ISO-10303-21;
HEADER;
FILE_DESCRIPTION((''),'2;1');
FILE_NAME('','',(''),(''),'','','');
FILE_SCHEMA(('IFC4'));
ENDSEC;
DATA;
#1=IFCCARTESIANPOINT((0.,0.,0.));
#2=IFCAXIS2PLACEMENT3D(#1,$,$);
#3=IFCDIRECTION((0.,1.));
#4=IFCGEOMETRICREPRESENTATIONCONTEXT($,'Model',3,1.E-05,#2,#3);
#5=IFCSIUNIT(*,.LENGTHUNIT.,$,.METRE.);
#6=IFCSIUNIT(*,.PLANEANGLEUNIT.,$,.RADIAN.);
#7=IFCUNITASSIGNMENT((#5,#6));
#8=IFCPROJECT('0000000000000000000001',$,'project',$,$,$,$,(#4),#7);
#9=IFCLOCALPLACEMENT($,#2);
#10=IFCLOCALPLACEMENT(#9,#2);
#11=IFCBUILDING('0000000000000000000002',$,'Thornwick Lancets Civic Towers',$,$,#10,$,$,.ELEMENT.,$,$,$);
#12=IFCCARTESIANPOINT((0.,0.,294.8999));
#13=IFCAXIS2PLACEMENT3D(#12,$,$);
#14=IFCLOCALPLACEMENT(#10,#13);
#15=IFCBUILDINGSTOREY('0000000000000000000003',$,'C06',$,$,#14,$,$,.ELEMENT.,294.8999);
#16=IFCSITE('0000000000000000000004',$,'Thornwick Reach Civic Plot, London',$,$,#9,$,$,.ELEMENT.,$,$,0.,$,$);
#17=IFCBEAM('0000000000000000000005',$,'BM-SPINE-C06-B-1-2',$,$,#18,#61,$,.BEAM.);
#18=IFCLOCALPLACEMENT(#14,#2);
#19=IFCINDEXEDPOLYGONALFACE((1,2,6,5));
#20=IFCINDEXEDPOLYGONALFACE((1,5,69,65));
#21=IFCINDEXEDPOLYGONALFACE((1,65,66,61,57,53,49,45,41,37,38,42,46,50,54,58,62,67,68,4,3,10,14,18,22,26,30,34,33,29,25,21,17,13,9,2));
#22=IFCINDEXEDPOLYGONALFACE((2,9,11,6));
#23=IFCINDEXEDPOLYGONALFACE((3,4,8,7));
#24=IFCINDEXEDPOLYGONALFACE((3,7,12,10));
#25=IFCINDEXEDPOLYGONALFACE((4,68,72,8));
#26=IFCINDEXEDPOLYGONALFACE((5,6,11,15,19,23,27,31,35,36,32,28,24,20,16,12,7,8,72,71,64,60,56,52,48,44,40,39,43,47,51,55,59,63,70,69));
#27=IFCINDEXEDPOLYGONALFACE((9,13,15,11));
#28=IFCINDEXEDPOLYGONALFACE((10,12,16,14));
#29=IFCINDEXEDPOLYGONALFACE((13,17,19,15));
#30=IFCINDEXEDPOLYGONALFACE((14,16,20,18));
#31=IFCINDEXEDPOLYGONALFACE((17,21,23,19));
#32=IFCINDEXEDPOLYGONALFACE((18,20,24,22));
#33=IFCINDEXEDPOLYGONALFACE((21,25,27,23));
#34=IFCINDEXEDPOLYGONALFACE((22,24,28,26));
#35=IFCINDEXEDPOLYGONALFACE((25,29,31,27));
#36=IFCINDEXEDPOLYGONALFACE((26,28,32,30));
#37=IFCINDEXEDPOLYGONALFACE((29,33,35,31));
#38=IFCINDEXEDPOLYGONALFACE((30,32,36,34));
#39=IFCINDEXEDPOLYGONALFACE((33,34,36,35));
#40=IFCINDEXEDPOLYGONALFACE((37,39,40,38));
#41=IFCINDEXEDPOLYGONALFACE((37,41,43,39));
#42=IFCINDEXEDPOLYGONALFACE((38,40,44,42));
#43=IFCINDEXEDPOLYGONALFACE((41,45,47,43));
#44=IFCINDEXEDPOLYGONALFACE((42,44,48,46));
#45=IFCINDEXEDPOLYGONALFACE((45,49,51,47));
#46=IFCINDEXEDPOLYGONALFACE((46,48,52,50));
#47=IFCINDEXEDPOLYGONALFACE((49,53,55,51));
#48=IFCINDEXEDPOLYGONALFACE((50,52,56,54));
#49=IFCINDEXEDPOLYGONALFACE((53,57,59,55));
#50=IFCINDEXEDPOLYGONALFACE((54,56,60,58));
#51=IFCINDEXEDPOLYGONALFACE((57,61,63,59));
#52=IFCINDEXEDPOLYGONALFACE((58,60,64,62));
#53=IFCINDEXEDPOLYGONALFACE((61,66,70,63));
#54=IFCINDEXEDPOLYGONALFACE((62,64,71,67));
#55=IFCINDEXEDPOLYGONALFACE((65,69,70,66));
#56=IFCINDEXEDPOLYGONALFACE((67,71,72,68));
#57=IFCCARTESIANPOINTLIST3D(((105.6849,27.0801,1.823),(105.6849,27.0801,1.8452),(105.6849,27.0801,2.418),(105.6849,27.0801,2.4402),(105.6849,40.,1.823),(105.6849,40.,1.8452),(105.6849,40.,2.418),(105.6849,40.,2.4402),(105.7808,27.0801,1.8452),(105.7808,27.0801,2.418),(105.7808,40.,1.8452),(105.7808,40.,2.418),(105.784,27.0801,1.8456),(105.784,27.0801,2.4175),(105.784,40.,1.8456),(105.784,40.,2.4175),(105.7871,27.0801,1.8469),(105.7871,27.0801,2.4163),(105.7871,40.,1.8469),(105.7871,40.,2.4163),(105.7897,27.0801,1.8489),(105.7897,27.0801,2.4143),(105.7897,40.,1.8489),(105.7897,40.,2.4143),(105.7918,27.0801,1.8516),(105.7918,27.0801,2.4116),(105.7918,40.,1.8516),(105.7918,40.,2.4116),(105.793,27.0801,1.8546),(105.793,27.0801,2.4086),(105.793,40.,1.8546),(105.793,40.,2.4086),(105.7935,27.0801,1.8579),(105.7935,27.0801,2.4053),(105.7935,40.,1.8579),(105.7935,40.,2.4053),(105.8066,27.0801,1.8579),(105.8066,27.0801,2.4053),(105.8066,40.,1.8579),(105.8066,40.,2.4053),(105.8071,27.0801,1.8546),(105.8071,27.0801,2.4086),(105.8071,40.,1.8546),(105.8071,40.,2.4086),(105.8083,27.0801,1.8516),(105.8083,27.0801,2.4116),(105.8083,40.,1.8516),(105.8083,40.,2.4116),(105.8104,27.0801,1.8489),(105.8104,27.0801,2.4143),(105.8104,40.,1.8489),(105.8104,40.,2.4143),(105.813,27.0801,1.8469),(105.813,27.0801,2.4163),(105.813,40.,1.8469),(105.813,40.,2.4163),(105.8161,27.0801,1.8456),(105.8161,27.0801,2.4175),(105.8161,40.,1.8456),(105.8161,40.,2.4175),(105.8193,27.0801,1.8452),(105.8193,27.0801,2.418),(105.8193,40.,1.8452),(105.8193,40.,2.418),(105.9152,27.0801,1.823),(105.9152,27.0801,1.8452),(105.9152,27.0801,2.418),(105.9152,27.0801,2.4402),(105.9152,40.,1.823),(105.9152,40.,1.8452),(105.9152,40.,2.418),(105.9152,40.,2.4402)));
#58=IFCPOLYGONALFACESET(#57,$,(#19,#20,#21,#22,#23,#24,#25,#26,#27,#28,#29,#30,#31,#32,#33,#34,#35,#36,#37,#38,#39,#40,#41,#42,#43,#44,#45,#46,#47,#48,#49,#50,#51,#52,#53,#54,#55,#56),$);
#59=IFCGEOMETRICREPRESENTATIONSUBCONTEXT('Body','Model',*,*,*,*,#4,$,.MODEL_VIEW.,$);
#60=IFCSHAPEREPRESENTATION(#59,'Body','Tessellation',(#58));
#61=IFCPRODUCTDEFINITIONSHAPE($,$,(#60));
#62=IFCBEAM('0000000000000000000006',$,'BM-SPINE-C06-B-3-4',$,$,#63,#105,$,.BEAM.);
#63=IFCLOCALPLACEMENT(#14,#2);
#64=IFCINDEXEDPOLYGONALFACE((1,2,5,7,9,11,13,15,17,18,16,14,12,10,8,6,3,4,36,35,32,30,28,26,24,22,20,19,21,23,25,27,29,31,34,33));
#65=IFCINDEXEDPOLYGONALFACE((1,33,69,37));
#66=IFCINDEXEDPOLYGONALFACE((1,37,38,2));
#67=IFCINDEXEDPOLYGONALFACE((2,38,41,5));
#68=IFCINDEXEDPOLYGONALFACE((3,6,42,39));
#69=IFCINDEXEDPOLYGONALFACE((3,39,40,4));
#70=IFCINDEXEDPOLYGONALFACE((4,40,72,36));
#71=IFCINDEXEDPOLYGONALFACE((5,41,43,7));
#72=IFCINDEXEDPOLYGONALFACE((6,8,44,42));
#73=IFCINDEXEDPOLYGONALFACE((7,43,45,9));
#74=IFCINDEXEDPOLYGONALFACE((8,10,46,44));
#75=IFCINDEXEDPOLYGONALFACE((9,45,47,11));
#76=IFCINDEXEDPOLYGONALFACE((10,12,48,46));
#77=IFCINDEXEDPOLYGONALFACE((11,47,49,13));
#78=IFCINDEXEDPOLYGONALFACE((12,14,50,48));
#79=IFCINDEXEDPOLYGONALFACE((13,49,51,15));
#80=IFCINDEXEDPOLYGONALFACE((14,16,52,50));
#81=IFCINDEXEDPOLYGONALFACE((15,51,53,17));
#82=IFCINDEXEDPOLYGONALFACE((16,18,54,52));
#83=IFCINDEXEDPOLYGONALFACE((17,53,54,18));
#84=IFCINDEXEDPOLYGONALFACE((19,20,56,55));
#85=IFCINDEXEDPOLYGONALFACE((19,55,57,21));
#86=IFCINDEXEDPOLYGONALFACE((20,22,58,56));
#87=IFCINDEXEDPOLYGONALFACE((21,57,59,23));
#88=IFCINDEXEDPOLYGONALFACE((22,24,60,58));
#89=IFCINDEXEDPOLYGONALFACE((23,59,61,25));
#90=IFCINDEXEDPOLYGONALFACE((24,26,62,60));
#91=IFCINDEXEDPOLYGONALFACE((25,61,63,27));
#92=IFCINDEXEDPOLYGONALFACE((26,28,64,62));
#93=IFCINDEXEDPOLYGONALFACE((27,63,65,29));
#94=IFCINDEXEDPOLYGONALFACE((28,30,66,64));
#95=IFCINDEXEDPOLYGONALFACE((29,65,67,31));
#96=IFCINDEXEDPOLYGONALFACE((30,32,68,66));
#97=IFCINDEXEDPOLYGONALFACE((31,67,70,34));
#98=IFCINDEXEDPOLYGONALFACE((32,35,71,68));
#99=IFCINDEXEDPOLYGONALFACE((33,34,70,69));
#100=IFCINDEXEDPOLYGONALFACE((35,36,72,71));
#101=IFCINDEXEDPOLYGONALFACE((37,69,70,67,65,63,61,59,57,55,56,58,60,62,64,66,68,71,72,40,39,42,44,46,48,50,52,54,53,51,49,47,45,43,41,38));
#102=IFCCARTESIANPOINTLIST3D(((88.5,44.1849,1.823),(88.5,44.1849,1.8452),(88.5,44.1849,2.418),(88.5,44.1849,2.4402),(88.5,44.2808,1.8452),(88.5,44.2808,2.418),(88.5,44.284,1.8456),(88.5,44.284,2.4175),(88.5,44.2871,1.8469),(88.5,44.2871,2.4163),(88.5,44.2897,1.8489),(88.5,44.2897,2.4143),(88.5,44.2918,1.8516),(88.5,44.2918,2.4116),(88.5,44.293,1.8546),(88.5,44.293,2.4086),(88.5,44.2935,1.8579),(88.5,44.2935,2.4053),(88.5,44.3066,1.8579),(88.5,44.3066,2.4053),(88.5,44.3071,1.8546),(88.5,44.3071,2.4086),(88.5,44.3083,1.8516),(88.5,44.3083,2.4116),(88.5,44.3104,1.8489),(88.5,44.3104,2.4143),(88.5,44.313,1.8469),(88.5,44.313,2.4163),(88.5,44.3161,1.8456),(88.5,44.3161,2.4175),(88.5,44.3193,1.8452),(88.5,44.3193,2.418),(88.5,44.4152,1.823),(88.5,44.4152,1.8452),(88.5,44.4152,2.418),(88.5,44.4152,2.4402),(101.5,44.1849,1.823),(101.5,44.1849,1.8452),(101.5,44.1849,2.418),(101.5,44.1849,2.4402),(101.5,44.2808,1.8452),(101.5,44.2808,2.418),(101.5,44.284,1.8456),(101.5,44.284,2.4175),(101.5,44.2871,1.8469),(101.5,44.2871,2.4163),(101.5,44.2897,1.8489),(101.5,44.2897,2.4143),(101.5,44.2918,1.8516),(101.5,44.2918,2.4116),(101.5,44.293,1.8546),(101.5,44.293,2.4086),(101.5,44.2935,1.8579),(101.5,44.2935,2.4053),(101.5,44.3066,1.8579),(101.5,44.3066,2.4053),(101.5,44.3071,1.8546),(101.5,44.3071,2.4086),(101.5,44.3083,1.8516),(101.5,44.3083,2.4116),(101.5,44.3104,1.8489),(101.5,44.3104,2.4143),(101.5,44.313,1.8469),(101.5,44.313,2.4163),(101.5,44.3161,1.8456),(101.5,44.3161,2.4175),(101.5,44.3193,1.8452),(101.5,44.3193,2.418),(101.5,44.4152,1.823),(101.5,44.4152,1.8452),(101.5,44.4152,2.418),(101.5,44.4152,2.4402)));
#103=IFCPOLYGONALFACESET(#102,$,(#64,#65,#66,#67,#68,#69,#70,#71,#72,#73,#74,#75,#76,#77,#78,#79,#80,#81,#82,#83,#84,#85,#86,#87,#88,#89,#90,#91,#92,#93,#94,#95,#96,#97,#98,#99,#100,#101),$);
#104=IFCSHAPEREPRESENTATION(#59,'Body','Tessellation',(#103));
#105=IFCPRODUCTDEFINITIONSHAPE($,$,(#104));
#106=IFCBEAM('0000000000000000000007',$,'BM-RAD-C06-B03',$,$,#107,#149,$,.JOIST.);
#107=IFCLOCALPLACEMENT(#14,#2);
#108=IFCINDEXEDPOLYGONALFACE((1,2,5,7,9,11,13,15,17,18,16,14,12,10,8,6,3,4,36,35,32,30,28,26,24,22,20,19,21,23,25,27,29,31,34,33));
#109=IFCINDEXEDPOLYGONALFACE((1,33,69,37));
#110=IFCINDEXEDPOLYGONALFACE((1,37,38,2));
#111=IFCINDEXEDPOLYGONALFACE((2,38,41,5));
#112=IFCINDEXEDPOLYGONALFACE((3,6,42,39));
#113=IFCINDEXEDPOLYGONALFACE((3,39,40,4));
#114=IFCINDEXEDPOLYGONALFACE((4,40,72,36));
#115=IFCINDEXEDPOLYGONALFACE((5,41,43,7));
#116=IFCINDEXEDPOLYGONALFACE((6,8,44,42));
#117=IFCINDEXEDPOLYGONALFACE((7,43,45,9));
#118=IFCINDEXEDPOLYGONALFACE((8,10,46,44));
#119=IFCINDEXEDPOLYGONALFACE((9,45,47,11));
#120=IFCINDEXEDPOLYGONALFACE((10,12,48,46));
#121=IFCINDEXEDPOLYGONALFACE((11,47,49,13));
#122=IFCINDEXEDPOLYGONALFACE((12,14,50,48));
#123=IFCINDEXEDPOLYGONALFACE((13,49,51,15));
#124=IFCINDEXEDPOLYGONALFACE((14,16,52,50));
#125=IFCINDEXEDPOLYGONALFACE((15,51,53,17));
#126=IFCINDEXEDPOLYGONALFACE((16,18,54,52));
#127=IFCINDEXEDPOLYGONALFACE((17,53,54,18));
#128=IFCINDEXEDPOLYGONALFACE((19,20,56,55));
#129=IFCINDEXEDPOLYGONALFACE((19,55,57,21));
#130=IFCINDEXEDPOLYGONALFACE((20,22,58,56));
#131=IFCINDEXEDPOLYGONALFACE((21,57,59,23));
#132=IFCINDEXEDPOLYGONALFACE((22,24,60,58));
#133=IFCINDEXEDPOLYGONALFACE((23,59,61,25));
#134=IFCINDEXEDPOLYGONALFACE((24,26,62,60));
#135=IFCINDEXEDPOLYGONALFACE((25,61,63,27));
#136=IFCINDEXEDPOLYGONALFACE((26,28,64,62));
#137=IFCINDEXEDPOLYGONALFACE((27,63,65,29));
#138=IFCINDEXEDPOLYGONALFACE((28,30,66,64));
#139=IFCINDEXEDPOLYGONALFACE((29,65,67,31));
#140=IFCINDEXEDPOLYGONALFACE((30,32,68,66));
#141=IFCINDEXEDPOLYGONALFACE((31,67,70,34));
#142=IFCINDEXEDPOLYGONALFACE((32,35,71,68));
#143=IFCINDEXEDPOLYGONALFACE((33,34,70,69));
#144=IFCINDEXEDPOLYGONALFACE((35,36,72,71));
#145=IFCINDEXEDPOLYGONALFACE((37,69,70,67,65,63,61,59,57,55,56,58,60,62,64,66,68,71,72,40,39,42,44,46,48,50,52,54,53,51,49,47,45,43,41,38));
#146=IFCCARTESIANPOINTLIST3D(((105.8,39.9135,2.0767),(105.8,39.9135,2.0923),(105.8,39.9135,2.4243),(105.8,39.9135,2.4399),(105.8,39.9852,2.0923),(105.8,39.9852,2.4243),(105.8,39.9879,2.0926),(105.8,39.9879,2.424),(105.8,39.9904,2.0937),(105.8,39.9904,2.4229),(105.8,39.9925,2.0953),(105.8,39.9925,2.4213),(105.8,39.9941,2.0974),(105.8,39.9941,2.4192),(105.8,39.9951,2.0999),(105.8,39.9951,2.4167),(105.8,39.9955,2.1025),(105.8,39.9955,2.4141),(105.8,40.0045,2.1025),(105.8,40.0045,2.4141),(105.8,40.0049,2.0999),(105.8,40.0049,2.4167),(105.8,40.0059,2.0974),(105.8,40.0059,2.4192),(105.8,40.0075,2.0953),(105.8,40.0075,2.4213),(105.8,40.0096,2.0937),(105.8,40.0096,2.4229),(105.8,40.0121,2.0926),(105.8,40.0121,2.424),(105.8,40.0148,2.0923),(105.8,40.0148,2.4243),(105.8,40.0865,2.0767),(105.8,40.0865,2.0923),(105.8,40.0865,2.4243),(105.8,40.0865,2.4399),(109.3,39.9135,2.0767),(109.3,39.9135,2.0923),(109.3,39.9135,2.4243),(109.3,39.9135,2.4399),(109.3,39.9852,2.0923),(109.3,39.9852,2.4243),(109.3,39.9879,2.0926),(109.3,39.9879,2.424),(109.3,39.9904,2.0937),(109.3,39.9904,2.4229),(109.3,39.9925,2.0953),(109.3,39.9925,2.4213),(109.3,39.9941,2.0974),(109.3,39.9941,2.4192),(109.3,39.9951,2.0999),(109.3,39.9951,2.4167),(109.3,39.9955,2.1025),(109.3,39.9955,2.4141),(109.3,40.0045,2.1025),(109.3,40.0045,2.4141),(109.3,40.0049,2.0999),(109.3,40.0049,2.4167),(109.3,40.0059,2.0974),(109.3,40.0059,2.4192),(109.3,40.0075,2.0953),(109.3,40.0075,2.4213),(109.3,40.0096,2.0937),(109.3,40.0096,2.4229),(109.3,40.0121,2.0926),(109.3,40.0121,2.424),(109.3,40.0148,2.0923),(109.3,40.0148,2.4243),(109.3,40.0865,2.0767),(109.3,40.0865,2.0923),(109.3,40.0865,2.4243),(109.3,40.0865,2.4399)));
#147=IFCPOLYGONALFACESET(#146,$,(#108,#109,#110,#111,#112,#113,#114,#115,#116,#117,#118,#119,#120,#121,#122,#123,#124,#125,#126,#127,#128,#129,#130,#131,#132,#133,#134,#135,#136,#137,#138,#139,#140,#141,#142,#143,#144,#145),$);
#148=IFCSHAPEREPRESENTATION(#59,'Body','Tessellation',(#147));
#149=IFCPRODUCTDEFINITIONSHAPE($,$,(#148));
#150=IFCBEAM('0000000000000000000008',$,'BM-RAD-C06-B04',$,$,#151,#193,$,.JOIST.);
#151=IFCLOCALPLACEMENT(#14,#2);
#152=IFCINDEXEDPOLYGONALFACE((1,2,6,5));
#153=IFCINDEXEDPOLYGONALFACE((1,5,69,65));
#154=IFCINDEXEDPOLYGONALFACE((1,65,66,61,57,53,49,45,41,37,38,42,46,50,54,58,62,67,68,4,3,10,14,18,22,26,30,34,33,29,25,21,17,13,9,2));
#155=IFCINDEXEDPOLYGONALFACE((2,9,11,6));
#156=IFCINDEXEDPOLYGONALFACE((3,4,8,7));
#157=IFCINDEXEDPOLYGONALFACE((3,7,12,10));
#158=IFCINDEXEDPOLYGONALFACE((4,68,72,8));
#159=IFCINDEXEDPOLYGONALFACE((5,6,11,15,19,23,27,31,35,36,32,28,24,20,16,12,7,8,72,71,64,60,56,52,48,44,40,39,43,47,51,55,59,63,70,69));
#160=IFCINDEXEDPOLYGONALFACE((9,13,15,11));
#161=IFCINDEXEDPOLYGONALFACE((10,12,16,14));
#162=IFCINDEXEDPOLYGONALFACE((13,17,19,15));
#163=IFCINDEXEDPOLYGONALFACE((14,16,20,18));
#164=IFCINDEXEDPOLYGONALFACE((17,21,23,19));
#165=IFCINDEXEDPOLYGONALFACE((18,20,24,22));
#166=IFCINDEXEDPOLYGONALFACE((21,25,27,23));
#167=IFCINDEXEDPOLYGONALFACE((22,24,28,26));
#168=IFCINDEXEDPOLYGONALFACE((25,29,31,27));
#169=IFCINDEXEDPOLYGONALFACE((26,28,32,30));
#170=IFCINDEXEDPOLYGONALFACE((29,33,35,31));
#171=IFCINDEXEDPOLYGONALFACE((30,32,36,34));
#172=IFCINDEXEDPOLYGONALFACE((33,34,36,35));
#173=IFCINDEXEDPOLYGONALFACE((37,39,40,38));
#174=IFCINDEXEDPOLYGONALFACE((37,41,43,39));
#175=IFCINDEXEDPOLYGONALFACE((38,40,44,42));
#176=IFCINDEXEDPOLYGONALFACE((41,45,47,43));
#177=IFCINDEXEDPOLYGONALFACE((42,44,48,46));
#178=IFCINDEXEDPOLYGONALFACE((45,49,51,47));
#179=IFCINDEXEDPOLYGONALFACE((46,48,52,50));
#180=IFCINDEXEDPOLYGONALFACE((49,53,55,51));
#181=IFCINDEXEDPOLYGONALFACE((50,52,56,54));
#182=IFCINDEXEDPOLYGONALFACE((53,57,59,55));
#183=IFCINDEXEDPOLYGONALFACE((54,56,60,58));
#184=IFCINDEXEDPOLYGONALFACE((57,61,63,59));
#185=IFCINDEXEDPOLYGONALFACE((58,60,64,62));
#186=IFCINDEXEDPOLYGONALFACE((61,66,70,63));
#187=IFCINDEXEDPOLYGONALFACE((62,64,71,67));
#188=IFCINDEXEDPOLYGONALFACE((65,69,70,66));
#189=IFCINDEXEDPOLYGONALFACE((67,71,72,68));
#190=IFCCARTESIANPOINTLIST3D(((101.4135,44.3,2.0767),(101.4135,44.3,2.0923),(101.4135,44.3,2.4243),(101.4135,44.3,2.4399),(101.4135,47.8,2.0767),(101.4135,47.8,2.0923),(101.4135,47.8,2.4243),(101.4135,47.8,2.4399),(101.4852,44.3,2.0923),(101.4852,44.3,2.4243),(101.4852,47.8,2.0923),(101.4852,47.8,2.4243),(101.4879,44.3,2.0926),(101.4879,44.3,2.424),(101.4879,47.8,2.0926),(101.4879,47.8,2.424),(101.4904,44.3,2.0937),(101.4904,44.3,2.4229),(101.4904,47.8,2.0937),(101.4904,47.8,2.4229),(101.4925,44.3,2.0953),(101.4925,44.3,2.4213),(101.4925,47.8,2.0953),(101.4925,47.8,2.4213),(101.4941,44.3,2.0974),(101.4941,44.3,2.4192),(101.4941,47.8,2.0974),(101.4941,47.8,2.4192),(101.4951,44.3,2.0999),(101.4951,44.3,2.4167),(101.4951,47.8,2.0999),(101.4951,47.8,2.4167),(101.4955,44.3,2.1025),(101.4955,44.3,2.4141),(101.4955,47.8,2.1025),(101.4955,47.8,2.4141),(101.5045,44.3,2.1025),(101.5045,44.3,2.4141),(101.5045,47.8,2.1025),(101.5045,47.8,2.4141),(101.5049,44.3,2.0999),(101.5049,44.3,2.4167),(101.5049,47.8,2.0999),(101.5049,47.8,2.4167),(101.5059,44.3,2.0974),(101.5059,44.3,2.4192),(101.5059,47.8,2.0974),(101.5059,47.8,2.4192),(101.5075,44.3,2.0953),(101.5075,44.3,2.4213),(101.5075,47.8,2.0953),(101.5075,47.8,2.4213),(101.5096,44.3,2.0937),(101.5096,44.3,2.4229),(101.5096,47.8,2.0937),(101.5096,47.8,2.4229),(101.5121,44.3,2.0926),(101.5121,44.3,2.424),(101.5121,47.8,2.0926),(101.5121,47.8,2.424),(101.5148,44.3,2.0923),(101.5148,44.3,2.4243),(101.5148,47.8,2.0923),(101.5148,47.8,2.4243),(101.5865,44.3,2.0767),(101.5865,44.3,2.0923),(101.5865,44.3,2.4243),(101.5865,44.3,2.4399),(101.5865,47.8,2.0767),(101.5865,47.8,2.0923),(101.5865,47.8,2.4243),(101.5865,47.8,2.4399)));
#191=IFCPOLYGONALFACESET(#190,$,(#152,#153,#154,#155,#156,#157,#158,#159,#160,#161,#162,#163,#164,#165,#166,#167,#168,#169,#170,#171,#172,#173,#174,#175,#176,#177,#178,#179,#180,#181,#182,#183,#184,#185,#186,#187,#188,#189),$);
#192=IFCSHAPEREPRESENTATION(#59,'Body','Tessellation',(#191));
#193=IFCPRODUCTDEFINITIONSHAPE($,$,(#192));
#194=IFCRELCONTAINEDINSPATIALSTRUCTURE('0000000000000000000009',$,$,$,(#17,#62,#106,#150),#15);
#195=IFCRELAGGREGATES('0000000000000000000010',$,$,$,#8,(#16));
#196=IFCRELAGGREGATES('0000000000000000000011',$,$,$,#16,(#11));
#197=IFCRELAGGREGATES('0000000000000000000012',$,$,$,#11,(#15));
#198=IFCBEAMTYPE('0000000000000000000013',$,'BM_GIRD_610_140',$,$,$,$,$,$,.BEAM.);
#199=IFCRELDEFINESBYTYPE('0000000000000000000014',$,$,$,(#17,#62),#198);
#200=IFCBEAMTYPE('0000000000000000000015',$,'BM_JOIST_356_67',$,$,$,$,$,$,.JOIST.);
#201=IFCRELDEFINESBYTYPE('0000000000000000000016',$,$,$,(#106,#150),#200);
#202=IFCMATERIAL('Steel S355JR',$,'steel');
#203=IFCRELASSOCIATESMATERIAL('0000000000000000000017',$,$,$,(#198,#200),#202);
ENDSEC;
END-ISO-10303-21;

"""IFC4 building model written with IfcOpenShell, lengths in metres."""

from ifc_helpers import new_model, si_unit, direction, frame, origin, origin_2d, place, context, subcontext, project, spatial, i_section, extrude, material, material_profile, profile_set, type_object, element, save


model = new_model("IFC4")

# Units and contexts
model_context = context("Model", 3, precision=1e-05, world=origin(), true_north=direction((0.0, 1.0)))
body_context = subcontext(model_context, "Body", "Model", "MODEL_VIEW")
ifc_project = project(units=[si_unit("LENGTHUNIT", "METRE"), si_unit("PLANEANGLEUNIT", "RADIAN")], contexts=[model_context])

# Site, building, storey
site_placement = place(None, origin())
site = spatial("IfcSite", under=ifc_project, at=site_placement, Name="Thornwick Reach Civic Plot, London", CompositionType="ELEMENT", RefElevation=0.0)
building_placement = place(site_placement, origin())
building = spatial("IfcBuilding", under=site, at=building_placement, Name="Thornwick Lancets Civic Towers", CompositionType="ELEMENT")
storey_placement = place(building_placement, frame((0.0, 0.0, 294.8999)))
storey = spatial("IfcBuildingStorey", under=building, at=storey_placement, Name="C06", CompositionType="ELEMENT", Elevation=294.8999)

# Shared definitions
ifc_material_1 = material(Name="Steel S355JR", Category="steel")

# Beams
ifc_material_profile_1 = material_profile(ifc_material_1, i_section(OverallWidth=0.2302, OverallDepth=0.6172, WebThickness=0.0132, FlangeThickness=0.0222, FilletRadius=0.0127, at=origin_2d()), Name="UKB 610x229x140")
ifc_profile_set_1 = profile_set([ifc_material_profile_1], Name="Steel S355JR")
beam_type_1 = type_object("IfcBeamType", Name="BM_GIRD_610_140", PredefinedType="BEAM", material=ifc_profile_set_1)
beam_1_placement = place(storey_placement, frame((105.8, 27.0801, 2.1316), z_axis=(0.0, 1.0, 0.0), x_axis=(-1.0, 0.0, 0.0)))
element("IfcBeam", 1, at=beam_1_placement, inside=storey, type_object=beam_type_1, Name="BM-SPINE-C06-B-1-2", PredefinedType="BEAM", context=body_context, shape_type="SweptSolid", body=[
    extrude(i_section(OverallWidth=0.2302, OverallDepth=0.6172, WebThickness=0.0132, FlangeThickness=0.0222, FilletRadius=0.0127, at=origin_2d()), origin(), (0.0, 0.0, 1.0), 12.9199),
])
beam_2_placement = place(storey_placement, frame((101.5, 44.3, 2.1316), z_axis=(-1.0, 0.0, 0.0), x_axis=(0.0, -1.0, 0.0)))
element("IfcBeam", 2, at=beam_2_placement, inside=storey, type_object=beam_type_1, Name="BM-SPINE-C06-B-3-4", PredefinedType="BEAM", context=body_context, shape_type="SweptSolid", body=[
    extrude(i_section(OverallWidth=0.2302, OverallDepth=0.6172, WebThickness=0.0132, FlangeThickness=0.0222, FilletRadius=0.0127, at=origin_2d()), origin(), (0.0, 0.0, 1.0), 13.0),
])
ifc_material_profile_2 = material_profile(ifc_material_1, i_section(OverallWidth=0.1731, OverallDepth=0.3633, WebThickness=0.009, FlangeThickness=0.0156, FilletRadius=0.0103, at=origin_2d()), Name="UKB 356x171x67")
ifc_profile_set_2 = profile_set([ifc_material_profile_2], Name="Steel S355JR")
beam_type_2 = type_object("IfcBeamType", Name="BM_JOIST_356_67", PredefinedType="JOIST", material=ifc_profile_set_2)
for number, where, z_axis, x_axis, name in (
    (3, (105.8, 40.0, 2.2583), (1.0, 0.0, 0.0), (0.0, 1.0, 0.0), "BM-RAD-C06-B03"),
    (4, (101.5, 44.3, 2.2583), (0.0, 1.0, 0.0), (-1.0, 0.0, 0.0), "BM-RAD-C06-B04"),
):
    element("IfcBeam", number, at=place(storey_placement, frame(where, z_axis=z_axis, x_axis=x_axis)), inside=storey, type_object=beam_type_2, Name=name, PredefinedType="JOIST", context=body_context, shape_type="SweptSolid", body=[
        extrude(i_section(OverallWidth=0.1731, OverallDepth=0.3633, WebThickness=0.009, FlangeThickness=0.0156, FilletRadius=0.0103, at=origin_2d()), origin(), (0.0, 0.0, 1.0), 3.5),
    ])

save(model, "model.ifc")
